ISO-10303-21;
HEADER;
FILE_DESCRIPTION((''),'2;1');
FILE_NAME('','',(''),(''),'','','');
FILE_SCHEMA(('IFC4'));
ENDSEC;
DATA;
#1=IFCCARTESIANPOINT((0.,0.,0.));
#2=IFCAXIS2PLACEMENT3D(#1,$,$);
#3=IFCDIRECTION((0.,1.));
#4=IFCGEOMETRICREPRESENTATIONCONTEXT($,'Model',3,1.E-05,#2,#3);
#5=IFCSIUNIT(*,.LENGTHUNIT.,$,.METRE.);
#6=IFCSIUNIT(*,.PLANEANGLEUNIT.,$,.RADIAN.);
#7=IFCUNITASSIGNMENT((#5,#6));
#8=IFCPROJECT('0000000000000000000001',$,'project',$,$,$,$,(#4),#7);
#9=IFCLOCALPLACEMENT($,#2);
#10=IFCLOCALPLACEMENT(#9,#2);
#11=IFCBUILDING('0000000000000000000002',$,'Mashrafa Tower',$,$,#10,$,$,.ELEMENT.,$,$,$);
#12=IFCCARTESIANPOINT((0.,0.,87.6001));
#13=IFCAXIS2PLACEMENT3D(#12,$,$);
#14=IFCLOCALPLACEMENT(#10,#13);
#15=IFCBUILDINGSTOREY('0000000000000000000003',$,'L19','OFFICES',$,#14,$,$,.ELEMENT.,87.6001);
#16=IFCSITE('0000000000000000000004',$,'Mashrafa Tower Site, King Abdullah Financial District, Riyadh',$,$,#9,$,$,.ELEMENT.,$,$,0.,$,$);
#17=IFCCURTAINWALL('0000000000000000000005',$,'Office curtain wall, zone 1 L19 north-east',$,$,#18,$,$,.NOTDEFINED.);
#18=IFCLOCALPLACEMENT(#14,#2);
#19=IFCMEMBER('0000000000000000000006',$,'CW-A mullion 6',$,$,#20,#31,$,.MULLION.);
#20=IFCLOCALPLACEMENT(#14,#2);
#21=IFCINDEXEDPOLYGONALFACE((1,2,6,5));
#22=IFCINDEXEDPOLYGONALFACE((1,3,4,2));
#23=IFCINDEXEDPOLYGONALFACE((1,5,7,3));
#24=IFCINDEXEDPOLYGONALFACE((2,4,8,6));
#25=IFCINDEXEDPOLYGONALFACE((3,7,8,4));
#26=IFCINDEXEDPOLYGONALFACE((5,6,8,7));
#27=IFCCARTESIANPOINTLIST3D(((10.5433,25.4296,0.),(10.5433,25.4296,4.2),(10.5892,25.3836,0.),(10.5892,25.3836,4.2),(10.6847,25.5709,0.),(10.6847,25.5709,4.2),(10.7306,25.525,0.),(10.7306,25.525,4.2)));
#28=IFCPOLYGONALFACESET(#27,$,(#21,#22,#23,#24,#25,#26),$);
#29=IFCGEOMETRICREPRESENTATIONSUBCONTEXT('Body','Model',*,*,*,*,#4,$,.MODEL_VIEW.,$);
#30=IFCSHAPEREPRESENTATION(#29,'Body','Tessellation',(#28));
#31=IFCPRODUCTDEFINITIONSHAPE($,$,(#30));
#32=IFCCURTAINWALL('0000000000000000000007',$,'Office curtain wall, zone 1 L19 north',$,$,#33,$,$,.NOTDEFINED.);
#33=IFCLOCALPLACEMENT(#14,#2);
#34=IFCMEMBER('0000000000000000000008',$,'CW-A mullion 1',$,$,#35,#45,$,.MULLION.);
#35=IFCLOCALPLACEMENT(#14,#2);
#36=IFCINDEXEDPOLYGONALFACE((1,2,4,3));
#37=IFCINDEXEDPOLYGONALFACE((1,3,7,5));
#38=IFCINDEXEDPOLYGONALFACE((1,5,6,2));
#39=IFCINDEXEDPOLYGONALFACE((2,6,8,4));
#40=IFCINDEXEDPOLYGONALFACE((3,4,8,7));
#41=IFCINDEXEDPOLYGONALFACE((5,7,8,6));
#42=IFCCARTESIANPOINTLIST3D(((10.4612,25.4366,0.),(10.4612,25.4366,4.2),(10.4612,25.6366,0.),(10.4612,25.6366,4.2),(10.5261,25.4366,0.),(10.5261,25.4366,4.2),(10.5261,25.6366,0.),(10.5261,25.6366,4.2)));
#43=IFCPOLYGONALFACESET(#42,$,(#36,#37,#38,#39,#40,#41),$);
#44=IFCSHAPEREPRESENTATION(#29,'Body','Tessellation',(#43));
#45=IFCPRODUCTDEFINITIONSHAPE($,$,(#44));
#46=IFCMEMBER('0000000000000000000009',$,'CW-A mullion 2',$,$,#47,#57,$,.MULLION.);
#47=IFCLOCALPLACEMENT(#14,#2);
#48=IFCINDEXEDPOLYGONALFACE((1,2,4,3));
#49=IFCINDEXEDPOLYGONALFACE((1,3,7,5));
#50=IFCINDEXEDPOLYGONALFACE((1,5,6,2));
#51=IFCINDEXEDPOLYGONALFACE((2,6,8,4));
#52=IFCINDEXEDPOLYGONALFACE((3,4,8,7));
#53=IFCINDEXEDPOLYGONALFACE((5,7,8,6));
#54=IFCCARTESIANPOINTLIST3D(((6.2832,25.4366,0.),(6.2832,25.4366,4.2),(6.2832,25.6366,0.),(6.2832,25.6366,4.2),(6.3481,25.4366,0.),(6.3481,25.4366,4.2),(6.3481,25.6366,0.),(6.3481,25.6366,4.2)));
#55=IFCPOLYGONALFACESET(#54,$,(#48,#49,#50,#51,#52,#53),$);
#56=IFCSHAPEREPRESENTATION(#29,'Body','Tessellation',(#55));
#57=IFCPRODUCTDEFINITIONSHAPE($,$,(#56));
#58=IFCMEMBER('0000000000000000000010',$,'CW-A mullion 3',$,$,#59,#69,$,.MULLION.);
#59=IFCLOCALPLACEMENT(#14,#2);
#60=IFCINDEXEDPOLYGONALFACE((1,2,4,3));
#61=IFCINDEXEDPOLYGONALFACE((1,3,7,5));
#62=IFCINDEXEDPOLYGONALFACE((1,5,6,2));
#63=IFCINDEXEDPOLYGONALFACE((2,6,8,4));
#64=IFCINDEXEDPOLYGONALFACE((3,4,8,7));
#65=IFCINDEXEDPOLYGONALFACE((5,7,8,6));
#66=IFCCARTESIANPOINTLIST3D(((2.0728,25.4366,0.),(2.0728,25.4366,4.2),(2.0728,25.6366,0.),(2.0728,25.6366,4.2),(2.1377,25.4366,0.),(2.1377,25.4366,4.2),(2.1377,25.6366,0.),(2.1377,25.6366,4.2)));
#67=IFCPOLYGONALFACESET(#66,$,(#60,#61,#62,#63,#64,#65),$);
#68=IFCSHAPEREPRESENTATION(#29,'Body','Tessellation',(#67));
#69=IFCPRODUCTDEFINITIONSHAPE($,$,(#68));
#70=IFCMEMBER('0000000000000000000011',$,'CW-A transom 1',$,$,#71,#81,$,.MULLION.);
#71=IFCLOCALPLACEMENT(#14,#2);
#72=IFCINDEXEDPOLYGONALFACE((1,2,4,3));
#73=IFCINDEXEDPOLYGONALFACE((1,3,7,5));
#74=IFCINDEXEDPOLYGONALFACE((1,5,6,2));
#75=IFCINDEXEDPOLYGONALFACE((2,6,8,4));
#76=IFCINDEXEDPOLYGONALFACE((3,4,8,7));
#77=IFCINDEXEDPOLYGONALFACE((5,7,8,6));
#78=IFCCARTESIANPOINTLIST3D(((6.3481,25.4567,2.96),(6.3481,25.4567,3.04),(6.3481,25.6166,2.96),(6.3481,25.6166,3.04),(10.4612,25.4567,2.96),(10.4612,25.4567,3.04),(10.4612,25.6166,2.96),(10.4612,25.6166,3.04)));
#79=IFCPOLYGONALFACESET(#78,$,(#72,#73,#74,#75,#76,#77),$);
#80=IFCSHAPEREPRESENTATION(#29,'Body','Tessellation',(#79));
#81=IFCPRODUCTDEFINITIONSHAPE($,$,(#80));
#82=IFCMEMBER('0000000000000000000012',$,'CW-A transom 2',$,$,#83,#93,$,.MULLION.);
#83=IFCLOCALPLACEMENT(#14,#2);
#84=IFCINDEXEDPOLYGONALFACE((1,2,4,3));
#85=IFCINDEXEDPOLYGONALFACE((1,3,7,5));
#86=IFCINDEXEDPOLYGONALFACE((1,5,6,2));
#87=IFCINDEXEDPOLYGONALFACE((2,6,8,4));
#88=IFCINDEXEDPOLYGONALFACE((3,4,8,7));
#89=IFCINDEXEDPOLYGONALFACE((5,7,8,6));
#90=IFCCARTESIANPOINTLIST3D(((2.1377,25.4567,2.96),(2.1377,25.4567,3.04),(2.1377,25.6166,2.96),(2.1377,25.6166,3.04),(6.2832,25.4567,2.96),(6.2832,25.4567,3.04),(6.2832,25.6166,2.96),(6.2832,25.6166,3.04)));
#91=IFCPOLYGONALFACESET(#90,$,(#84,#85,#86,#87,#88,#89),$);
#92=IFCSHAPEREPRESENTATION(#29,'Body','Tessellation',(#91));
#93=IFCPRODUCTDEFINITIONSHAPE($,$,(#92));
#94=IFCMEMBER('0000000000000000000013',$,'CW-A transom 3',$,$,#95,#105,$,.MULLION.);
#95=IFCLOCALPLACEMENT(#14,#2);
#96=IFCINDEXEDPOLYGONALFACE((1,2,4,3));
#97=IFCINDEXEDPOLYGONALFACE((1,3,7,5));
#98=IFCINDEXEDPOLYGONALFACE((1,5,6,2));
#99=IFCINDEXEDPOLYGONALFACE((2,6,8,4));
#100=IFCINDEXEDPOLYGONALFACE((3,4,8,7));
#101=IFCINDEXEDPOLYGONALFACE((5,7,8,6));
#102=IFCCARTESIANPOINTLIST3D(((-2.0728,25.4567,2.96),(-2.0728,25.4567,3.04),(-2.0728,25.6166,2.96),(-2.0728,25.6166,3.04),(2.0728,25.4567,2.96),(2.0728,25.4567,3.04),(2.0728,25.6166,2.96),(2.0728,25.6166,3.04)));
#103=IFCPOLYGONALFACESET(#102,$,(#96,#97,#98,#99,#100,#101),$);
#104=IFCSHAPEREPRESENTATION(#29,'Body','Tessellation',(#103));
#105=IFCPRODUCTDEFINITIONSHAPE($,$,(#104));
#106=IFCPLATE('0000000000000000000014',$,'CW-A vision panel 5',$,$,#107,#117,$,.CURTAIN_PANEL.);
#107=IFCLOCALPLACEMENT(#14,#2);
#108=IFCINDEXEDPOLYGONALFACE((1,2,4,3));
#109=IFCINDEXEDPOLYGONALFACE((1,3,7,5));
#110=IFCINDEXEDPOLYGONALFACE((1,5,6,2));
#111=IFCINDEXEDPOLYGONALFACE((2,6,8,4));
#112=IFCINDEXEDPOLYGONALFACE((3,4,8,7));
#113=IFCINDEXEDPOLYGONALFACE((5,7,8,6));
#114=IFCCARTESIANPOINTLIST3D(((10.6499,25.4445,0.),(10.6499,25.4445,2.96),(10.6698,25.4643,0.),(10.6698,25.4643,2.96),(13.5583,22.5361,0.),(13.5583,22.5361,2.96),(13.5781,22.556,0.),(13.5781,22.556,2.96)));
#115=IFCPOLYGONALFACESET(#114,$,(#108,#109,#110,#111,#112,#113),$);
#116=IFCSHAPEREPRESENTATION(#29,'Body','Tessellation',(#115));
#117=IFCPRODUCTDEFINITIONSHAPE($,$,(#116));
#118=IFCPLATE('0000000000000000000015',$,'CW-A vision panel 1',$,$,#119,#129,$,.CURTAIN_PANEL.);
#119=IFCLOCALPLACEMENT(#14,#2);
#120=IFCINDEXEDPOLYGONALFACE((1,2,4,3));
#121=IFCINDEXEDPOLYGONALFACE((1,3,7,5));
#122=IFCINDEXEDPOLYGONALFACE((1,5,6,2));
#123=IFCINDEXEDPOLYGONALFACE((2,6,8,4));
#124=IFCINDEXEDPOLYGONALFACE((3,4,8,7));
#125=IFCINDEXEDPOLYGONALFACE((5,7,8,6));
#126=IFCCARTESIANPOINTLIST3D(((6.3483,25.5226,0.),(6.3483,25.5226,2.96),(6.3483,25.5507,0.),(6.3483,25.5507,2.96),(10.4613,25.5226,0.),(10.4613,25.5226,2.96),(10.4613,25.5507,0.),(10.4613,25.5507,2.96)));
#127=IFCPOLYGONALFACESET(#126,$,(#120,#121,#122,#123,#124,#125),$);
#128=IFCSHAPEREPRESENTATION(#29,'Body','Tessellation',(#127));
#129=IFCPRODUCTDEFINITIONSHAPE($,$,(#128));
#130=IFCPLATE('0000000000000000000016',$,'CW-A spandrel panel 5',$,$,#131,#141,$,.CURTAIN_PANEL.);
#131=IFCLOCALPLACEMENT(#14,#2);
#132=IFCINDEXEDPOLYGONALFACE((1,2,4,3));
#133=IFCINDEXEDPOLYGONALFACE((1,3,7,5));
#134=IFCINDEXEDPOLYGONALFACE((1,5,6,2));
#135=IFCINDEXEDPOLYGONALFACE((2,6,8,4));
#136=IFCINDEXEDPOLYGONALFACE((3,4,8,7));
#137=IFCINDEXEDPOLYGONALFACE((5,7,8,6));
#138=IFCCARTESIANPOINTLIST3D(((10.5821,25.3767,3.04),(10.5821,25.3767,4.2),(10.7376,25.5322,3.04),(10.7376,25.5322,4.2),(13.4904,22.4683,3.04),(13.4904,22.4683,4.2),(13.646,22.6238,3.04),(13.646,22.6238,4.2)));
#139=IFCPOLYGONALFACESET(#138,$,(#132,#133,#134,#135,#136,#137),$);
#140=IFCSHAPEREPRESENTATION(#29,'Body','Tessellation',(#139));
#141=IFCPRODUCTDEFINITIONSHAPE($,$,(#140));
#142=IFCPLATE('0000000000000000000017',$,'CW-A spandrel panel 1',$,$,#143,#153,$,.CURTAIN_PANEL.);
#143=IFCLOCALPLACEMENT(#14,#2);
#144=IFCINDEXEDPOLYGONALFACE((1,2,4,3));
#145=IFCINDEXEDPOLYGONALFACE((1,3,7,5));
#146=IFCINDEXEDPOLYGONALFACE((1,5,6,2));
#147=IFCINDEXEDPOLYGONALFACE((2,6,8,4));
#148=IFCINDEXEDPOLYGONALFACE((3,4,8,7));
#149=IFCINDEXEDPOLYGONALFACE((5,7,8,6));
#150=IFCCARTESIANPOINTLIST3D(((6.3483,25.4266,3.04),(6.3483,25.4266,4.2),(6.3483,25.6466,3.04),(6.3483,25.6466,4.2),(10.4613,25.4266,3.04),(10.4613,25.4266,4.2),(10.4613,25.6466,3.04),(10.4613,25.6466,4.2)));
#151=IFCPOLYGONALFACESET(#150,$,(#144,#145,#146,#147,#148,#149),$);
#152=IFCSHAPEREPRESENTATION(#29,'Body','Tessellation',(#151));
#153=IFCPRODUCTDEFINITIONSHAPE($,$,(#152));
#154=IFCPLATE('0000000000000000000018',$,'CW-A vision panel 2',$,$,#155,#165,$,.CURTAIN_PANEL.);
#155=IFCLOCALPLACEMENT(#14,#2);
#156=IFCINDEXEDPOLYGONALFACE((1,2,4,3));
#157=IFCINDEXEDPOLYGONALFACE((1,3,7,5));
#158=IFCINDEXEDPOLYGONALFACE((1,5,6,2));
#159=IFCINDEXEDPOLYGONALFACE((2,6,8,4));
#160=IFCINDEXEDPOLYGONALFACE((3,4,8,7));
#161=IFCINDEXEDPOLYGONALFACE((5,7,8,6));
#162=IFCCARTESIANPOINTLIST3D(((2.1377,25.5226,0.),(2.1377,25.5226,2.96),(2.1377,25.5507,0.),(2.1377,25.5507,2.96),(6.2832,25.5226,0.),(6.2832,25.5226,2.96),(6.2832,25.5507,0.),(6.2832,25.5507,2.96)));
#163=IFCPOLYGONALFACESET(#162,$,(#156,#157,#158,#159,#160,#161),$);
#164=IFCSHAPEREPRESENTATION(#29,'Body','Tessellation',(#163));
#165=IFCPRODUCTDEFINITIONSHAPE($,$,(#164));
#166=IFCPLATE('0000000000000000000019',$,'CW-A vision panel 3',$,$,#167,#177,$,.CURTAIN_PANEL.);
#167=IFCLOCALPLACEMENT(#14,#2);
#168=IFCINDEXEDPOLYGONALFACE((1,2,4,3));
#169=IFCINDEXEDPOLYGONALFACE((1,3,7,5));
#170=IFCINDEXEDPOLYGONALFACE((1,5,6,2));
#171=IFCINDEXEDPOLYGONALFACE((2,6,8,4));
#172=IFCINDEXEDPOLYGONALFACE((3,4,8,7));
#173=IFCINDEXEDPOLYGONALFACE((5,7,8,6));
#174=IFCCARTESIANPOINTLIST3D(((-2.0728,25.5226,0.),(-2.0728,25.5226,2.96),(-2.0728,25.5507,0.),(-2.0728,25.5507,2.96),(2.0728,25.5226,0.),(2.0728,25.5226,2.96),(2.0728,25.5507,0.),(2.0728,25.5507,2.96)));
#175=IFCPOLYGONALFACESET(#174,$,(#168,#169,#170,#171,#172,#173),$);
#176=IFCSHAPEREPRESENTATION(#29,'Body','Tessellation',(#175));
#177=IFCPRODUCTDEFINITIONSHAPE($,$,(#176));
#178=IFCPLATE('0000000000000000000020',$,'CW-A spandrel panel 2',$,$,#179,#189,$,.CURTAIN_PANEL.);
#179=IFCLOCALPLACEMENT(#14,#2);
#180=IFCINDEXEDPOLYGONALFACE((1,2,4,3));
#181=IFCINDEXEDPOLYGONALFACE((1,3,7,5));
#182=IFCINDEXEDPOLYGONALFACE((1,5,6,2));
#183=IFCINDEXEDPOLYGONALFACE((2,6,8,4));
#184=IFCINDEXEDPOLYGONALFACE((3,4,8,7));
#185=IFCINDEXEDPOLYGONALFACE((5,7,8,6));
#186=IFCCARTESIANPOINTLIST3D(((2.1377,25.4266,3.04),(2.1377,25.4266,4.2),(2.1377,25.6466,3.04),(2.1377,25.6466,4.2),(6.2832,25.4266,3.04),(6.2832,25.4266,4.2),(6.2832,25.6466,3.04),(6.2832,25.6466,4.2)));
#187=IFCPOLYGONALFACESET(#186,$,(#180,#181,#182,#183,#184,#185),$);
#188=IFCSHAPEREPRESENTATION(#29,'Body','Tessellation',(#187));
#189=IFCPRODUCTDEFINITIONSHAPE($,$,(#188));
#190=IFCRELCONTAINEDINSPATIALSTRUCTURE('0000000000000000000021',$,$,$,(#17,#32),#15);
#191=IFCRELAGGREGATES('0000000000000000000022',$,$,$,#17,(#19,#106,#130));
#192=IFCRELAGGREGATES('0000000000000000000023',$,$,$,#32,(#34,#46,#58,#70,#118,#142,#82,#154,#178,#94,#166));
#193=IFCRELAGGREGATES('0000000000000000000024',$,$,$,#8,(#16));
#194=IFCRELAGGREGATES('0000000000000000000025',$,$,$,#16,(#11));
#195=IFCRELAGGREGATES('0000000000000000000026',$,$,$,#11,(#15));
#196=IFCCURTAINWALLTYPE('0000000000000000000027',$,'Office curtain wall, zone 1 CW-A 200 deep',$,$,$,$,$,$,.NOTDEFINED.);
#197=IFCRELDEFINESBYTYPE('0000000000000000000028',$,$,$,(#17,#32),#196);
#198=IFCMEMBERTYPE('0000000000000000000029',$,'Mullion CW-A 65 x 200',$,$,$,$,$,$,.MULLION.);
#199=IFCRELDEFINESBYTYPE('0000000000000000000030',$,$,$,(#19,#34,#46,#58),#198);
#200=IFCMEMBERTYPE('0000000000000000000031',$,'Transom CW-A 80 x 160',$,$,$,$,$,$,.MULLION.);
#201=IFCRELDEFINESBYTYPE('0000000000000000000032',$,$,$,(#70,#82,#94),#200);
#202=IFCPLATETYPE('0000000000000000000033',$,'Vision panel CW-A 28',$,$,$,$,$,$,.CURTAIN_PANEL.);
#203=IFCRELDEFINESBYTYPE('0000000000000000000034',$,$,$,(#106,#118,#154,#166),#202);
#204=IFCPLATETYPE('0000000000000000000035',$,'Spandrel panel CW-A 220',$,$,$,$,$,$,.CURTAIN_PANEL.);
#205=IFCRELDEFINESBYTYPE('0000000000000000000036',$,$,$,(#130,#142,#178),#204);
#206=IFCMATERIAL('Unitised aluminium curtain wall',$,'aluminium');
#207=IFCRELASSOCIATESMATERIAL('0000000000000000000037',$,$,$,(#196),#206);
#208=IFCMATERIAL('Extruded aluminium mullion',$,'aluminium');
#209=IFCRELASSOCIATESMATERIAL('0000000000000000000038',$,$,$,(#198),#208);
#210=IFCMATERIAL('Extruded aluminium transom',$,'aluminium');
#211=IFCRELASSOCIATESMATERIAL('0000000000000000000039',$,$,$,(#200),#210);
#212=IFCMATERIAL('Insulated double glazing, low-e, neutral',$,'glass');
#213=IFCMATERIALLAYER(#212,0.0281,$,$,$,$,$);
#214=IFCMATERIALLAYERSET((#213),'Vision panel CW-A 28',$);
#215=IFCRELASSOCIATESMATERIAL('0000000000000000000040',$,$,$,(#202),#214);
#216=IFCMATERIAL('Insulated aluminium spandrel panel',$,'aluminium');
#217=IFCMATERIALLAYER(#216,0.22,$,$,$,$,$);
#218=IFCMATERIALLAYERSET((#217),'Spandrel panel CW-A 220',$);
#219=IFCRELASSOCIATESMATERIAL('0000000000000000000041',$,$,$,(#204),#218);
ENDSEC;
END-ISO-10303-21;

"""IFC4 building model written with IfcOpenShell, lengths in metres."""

from ifc_helpers import new_model, si_unit, direction, frame, origin, origin_2d, place, context, subcontext, project, spatial, rectangle, extrude, source, transform, mapped, material, layer, layer_set, material_profile, profile_set, type_object, type_shapes, element, aggregate, save


model = new_model("IFC4")

# Units and contexts
model_context = context("Model", 3, precision=1e-05, world=origin(), true_north=direction((0.0, 1.0)))
body_context = subcontext(model_context, "Body", "Model", "MODEL_VIEW")
ifc_project = project(units=[si_unit("LENGTHUNIT", "METRE"), si_unit("PLANEANGLEUNIT", "RADIAN")], contexts=[model_context])

# Site, building, storey
site_placement = place(None, origin())
site = spatial("IfcSite", under=ifc_project, at=site_placement, Name="Mashrafa Tower Site, King Abdullah Financial District, Riyadh", CompositionType="ELEMENT", RefElevation=0.0)
building_placement = place(site_placement, origin())
building = spatial("IfcBuilding", under=site, at=building_placement, Name="Mashrafa Tower", CompositionType="ELEMENT")
storey_placement = place(building_placement, frame((0.0, 0.0, 87.6001)))
storey = spatial("IfcBuildingStorey", under=building, at=storey_placement, Name="L19", Description="OFFICES", CompositionType="ELEMENT", Elevation=87.6001)

# Curtain wall, member
ifc_material_1 = material(Name="Unitised aluminium curtain wall", Category="aluminium")
curtain_wall_type = type_object("IfcCurtainWallType", Name="Office curtain wall, zone 1 CW-A 200 deep", PredefinedType="NOTDEFINED", material=ifc_material_1)
curtain_wall_1_placement = place(storey_placement, origin())
curtain_wall_1 = element("IfcCurtainWall", 1, at=curtain_wall_1_placement, inside=storey, type_object=curtain_wall_type, Name="Office curtain wall, zone 1 L19 north-east", PredefinedType="NOTDEFINED")
ifc_material_2 = material(Name="Extruded aluminium mullion", Category="aluminium")
ifc_material_profile_1 = material_profile(ifc_material_2, rectangle(XDim=0.2, YDim=0.0649, at=origin_2d()), Name="Mullion 65x200")
ifc_profile_set_1 = profile_set([ifc_material_profile_1], Name="Extruded aluminium mullion")
member_type_1 = type_object("IfcMemberType", Name="Mullion CW-A 65 x 200", PredefinedType="MULLION", material=ifc_profile_set_1)
shared_shape_1 = source(origin(), body_context, "Body", "SweptSolid", [
    extrude(rectangle(XDim=0.2, YDim=0.0649, at=origin_2d()), origin(), (0.0, 0.0, 1.0), 4.2),
])
type_shapes(member_type_1, [shared_shape_1])
member_1_placement = place(storey_placement, frame((10.637, 25.4773, 0.0), z_axis=(0.0, 0.0, 1.0), x_axis=(-0.707107, -0.707107, 0.0)))
member_1 = element("IfcMember", 2, at=member_1_placement, type_object=member_type_1, Name="CW-A mullion 6", PredefinedType="MULLION", context=body_context, shape_type="MappedRepresentation", body=[
    mapped(shared_shape_1, transform((0.0, 0.0, 0.0))),
])

# Curtain wall, members
curtain_wall_2_placement = place(storey_placement, origin())
curtain_wall_2 = element("IfcCurtainWall", 3, at=curtain_wall_2_placement, inside=storey, type_object=curtain_wall_type, Name="Office curtain wall, zone 1 L19 north", PredefinedType="NOTDEFINED")
member_2_placement = place(storey_placement, frame((10.4937, 25.5366, 0.0), z_axis=(0.0, 0.0, 1.0), x_axis=(0.0, -1.0, 0.0)))
member_2 = element("IfcMember", 4, at=member_2_placement, type_object=member_type_1, Name="CW-A mullion 1", PredefinedType="MULLION", context=body_context, shape_type="MappedRepresentation", body=[
    mapped(shared_shape_1, transform((0.0, 0.0, 0.0))),
])
member_3_placement = place(storey_placement, frame((6.3157, 25.5366, 0.0), z_axis=(0.0, 0.0, 1.0), x_axis=(0.0, -1.0, 0.0)))
member_3 = element("IfcMember", 5, at=member_3_placement, type_object=member_type_1, Name="CW-A mullion 2", PredefinedType="MULLION", context=body_context, shape_type="MappedRepresentation", body=[
    mapped(shared_shape_1, transform((0.0, 0.0, 0.0))),
])
member_4_placement = place(storey_placement, frame((2.1052, 25.5366, 0.0), z_axis=(0.0, 0.0, 1.0), x_axis=(0.0, -1.0, 0.0)))
member_4 = element("IfcMember", 6, at=member_4_placement, type_object=member_type_1, Name="CW-A mullion 3", PredefinedType="MULLION", context=body_context, shape_type="MappedRepresentation", body=[
    mapped(shared_shape_1, transform((0.0, 0.0, 0.0))),
])
ifc_material_3 = material(Name="Extruded aluminium transom", Category="aluminium")
ifc_material_profile_2 = material_profile(ifc_material_3, rectangle(XDim=0.1599, YDim=0.0801, at=origin_2d()), Name="Transom 80x160")
ifc_profile_set_2 = profile_set([ifc_material_profile_2], Name="Extruded aluminium transom")
member_type_2 = type_object("IfcMemberType", Name="Transom CW-A 80 x 160", PredefinedType="MULLION", material=ifc_profile_set_2)
shared_shape_2 = source(origin(), body_context, "Body", "SweptSolid", [
    extrude(rectangle(XDim=0.1599, YDim=0.0801, at=origin_2d()), origin(), (0.0, 0.0, 1.0), 4.113),
])
member_5_placement = place(storey_placement, frame((10.4612, 25.5366, 3.0), z_axis=(-1.0, 0.0, 0.0), x_axis=(0.0, -1.0, 0.0)))
member_5 = element("IfcMember", 7, at=member_5_placement, type_object=member_type_2, Name="CW-A transom 1", PredefinedType="MULLION", context=body_context, shape_type="MappedRepresentation", body=[
    mapped(shared_shape_2, transform((0.0, 0.0, 0.0))),
])
shared_shape_3 = source(origin(), body_context, "Body", "SweptSolid", [
    extrude(rectangle(XDim=0.1599, YDim=0.0801, at=origin_2d()), origin(), (0.0, 0.0, 1.0), 4.1455),
])
type_shapes(member_type_2, [shared_shape_2, shared_shape_3])
member_6_placement = place(storey_placement, frame((6.2832, 25.5366, 3.0), z_axis=(-1.0, 0.0, 0.0), x_axis=(0.0, -1.0, 0.0)))
member_6 = element("IfcMember", 8, at=member_6_placement, type_object=member_type_2, Name="CW-A transom 2", PredefinedType="MULLION", context=body_context, shape_type="MappedRepresentation", body=[
    mapped(shared_shape_3, transform((0.0, 0.0, 0.0))),
])
member_7_placement = place(storey_placement, frame((2.0728, 25.5366, 3.0), z_axis=(-1.0, 0.0, 0.0), x_axis=(0.0, -1.0, 0.0)))
member_7 = element("IfcMember", 9, at=member_7_placement, type_object=member_type_2, Name="CW-A transom 3", PredefinedType="MULLION", context=body_context, shape_type="MappedRepresentation", body=[
    mapped(shared_shape_3, transform((0.0, 0.0, 0.0))),
])

# Plates
ifc_material_4 = material(Name="Insulated double glazing, low-e, neutral", Category="glass")
ifc_layer_1 = layer(ifc_material_4, 0.0281)
ifc_layer_set_1 = layer_set([ifc_layer_1], Name="Vision panel CW-A 28")
plate_type_1 = type_object("IfcPlateType", Name="Vision panel CW-A 28", PredefinedType="CURTAIN_PANEL", material=ifc_layer_set_1)
shared_shape_4 = source(origin(), body_context, "Body", "SweptSolid", [
    extrude(rectangle(XDim=4.113, YDim=0.0281, at=origin_2d()), origin(), (0.0, 0.0, 1.0), 2.96),
])
plate_1_placement = place(storey_placement, frame((12.114, 24.0002, 0.0), z_axis=(0.0, 0.0, 1.0), x_axis=(-0.707107, 0.707107, 0.0)))
plate_1 = element("IfcPlate", 10, at=plate_1_placement, type_object=plate_type_1, Name="CW-A vision panel 5", PredefinedType="CURTAIN_PANEL", context=body_context, shape_type="MappedRepresentation", body=[
    mapped(shared_shape_4, transform((0.0, 0.0, 0.0))),
])
plate_2_placement = place(storey_placement, frame((8.4048, 25.5366, 0.0), z_axis=(0.0, 0.0, 1.0), x_axis=(-1.0, 0.0, 0.0)))
plate_2 = element("IfcPlate", 11, at=plate_2_placement, type_object=plate_type_1, Name="CW-A vision panel 1", PredefinedType="CURTAIN_PANEL", context=body_context, shape_type="MappedRepresentation", body=[
    mapped(shared_shape_4, transform((0.0, 0.0, 0.0))),
])
ifc_material_5 = material(Name="Insulated aluminium spandrel panel", Category="aluminium")
ifc_layer_2 = layer(ifc_material_5, 0.22)
ifc_layer_set_2 = layer_set([ifc_layer_2], Name="Spandrel panel CW-A 220")
plate_type_2 = type_object("IfcPlateType", Name="Spandrel panel CW-A 220", PredefinedType="CURTAIN_PANEL", material=ifc_layer_set_2)
shared_shape_5 = source(origin(), body_context, "Body", "SweptSolid", [
    extrude(rectangle(XDim=4.113, YDim=0.22, at=origin_2d()), origin(), (0.0, 0.0, 1.0), 1.1599),
])
plate_3_placement = place(storey_placement, frame((12.114, 24.0002, 3.04), z_axis=(0.0, 0.0, 1.0), x_axis=(-0.707107, 0.707107, 0.0)))
plate_3 = element("IfcPlate", 12, at=plate_3_placement, type_object=plate_type_2, Name="CW-A spandrel panel 5", PredefinedType="CURTAIN_PANEL", context=body_context, shape_type="MappedRepresentation", body=[
    mapped(shared_shape_5, transform((0.0, 0.0, 0.0))),
])
aggregate(curtain_wall_1, [member_1, plate_1, plate_3])
plate_4_placement = place(storey_placement, frame((8.4048, 25.5366, 3.04), z_axis=(0.0, 0.0, 1.0), x_axis=(-1.0, 0.0, 0.0)))
plate_4 = element("IfcPlate", 13, at=plate_4_placement, type_object=plate_type_2, Name="CW-A spandrel panel 1", PredefinedType="CURTAIN_PANEL", context=body_context, shape_type="MappedRepresentation", body=[
    mapped(shared_shape_5, transform((0.0, 0.0, 0.0))),
])
shared_shape_6 = source(origin(), body_context, "Body", "SweptSolid", [
    extrude(rectangle(XDim=4.1455, YDim=0.0281, at=origin_2d()), origin(), (0.0, 0.0, 1.0), 2.96),
])
type_shapes(plate_type_1, [shared_shape_4, shared_shape_6])
plate_5_placement = place(storey_placement, frame((4.2104, 25.5366, 0.0), z_axis=(0.0, 0.0, 1.0), x_axis=(-1.0, 0.0, 0.0)))
plate_5 = element("IfcPlate", 14, at=plate_5_placement, type_object=plate_type_1, Name="CW-A vision panel 2", PredefinedType="CURTAIN_PANEL", context=body_context, shape_type="MappedRepresentation", body=[
    mapped(shared_shape_6, transform((0.0, 0.0, 0.0))),
])
plate_6_placement = place(storey_placement, frame((0.0, 25.5366, 0.0), z_axis=(0.0, 0.0, 1.0), x_axis=(-1.0, 0.0, 0.0)))
plate_6 = element("IfcPlate", 15, at=plate_6_placement, type_object=plate_type_1, Name="CW-A vision panel 3", PredefinedType="CURTAIN_PANEL", context=body_context, shape_type="MappedRepresentation", body=[
    mapped(shared_shape_6, transform((0.0, 0.0, 0.0))),
])
shared_shape_7 = source(origin(), body_context, "Body", "SweptSolid", [
    extrude(rectangle(XDim=4.1455, YDim=0.22, at=origin_2d()), origin(), (0.0, 0.0, 1.0), 1.1599),
])
type_shapes(plate_type_2, [shared_shape_5, shared_shape_7])
plate_7_placement = place(storey_placement, frame((4.2104, 25.5366, 3.04), z_axis=(0.0, 0.0, 1.0), x_axis=(-1.0, 0.0, 0.0)))
plate_7 = element("IfcPlate", 16, at=plate_7_placement, type_object=plate_type_2, Name="CW-A spandrel panel 2", PredefinedType="CURTAIN_PANEL", context=body_context, shape_type="MappedRepresentation", body=[
    mapped(shared_shape_7, transform((0.0, 0.0, 0.0))),
])
aggregate(curtain_wall_2, [member_2, member_3, member_4, member_5, plate_2, plate_4, member_6, plate_5, plate_7, member_7, plate_6])

save(model, "model.ifc")
